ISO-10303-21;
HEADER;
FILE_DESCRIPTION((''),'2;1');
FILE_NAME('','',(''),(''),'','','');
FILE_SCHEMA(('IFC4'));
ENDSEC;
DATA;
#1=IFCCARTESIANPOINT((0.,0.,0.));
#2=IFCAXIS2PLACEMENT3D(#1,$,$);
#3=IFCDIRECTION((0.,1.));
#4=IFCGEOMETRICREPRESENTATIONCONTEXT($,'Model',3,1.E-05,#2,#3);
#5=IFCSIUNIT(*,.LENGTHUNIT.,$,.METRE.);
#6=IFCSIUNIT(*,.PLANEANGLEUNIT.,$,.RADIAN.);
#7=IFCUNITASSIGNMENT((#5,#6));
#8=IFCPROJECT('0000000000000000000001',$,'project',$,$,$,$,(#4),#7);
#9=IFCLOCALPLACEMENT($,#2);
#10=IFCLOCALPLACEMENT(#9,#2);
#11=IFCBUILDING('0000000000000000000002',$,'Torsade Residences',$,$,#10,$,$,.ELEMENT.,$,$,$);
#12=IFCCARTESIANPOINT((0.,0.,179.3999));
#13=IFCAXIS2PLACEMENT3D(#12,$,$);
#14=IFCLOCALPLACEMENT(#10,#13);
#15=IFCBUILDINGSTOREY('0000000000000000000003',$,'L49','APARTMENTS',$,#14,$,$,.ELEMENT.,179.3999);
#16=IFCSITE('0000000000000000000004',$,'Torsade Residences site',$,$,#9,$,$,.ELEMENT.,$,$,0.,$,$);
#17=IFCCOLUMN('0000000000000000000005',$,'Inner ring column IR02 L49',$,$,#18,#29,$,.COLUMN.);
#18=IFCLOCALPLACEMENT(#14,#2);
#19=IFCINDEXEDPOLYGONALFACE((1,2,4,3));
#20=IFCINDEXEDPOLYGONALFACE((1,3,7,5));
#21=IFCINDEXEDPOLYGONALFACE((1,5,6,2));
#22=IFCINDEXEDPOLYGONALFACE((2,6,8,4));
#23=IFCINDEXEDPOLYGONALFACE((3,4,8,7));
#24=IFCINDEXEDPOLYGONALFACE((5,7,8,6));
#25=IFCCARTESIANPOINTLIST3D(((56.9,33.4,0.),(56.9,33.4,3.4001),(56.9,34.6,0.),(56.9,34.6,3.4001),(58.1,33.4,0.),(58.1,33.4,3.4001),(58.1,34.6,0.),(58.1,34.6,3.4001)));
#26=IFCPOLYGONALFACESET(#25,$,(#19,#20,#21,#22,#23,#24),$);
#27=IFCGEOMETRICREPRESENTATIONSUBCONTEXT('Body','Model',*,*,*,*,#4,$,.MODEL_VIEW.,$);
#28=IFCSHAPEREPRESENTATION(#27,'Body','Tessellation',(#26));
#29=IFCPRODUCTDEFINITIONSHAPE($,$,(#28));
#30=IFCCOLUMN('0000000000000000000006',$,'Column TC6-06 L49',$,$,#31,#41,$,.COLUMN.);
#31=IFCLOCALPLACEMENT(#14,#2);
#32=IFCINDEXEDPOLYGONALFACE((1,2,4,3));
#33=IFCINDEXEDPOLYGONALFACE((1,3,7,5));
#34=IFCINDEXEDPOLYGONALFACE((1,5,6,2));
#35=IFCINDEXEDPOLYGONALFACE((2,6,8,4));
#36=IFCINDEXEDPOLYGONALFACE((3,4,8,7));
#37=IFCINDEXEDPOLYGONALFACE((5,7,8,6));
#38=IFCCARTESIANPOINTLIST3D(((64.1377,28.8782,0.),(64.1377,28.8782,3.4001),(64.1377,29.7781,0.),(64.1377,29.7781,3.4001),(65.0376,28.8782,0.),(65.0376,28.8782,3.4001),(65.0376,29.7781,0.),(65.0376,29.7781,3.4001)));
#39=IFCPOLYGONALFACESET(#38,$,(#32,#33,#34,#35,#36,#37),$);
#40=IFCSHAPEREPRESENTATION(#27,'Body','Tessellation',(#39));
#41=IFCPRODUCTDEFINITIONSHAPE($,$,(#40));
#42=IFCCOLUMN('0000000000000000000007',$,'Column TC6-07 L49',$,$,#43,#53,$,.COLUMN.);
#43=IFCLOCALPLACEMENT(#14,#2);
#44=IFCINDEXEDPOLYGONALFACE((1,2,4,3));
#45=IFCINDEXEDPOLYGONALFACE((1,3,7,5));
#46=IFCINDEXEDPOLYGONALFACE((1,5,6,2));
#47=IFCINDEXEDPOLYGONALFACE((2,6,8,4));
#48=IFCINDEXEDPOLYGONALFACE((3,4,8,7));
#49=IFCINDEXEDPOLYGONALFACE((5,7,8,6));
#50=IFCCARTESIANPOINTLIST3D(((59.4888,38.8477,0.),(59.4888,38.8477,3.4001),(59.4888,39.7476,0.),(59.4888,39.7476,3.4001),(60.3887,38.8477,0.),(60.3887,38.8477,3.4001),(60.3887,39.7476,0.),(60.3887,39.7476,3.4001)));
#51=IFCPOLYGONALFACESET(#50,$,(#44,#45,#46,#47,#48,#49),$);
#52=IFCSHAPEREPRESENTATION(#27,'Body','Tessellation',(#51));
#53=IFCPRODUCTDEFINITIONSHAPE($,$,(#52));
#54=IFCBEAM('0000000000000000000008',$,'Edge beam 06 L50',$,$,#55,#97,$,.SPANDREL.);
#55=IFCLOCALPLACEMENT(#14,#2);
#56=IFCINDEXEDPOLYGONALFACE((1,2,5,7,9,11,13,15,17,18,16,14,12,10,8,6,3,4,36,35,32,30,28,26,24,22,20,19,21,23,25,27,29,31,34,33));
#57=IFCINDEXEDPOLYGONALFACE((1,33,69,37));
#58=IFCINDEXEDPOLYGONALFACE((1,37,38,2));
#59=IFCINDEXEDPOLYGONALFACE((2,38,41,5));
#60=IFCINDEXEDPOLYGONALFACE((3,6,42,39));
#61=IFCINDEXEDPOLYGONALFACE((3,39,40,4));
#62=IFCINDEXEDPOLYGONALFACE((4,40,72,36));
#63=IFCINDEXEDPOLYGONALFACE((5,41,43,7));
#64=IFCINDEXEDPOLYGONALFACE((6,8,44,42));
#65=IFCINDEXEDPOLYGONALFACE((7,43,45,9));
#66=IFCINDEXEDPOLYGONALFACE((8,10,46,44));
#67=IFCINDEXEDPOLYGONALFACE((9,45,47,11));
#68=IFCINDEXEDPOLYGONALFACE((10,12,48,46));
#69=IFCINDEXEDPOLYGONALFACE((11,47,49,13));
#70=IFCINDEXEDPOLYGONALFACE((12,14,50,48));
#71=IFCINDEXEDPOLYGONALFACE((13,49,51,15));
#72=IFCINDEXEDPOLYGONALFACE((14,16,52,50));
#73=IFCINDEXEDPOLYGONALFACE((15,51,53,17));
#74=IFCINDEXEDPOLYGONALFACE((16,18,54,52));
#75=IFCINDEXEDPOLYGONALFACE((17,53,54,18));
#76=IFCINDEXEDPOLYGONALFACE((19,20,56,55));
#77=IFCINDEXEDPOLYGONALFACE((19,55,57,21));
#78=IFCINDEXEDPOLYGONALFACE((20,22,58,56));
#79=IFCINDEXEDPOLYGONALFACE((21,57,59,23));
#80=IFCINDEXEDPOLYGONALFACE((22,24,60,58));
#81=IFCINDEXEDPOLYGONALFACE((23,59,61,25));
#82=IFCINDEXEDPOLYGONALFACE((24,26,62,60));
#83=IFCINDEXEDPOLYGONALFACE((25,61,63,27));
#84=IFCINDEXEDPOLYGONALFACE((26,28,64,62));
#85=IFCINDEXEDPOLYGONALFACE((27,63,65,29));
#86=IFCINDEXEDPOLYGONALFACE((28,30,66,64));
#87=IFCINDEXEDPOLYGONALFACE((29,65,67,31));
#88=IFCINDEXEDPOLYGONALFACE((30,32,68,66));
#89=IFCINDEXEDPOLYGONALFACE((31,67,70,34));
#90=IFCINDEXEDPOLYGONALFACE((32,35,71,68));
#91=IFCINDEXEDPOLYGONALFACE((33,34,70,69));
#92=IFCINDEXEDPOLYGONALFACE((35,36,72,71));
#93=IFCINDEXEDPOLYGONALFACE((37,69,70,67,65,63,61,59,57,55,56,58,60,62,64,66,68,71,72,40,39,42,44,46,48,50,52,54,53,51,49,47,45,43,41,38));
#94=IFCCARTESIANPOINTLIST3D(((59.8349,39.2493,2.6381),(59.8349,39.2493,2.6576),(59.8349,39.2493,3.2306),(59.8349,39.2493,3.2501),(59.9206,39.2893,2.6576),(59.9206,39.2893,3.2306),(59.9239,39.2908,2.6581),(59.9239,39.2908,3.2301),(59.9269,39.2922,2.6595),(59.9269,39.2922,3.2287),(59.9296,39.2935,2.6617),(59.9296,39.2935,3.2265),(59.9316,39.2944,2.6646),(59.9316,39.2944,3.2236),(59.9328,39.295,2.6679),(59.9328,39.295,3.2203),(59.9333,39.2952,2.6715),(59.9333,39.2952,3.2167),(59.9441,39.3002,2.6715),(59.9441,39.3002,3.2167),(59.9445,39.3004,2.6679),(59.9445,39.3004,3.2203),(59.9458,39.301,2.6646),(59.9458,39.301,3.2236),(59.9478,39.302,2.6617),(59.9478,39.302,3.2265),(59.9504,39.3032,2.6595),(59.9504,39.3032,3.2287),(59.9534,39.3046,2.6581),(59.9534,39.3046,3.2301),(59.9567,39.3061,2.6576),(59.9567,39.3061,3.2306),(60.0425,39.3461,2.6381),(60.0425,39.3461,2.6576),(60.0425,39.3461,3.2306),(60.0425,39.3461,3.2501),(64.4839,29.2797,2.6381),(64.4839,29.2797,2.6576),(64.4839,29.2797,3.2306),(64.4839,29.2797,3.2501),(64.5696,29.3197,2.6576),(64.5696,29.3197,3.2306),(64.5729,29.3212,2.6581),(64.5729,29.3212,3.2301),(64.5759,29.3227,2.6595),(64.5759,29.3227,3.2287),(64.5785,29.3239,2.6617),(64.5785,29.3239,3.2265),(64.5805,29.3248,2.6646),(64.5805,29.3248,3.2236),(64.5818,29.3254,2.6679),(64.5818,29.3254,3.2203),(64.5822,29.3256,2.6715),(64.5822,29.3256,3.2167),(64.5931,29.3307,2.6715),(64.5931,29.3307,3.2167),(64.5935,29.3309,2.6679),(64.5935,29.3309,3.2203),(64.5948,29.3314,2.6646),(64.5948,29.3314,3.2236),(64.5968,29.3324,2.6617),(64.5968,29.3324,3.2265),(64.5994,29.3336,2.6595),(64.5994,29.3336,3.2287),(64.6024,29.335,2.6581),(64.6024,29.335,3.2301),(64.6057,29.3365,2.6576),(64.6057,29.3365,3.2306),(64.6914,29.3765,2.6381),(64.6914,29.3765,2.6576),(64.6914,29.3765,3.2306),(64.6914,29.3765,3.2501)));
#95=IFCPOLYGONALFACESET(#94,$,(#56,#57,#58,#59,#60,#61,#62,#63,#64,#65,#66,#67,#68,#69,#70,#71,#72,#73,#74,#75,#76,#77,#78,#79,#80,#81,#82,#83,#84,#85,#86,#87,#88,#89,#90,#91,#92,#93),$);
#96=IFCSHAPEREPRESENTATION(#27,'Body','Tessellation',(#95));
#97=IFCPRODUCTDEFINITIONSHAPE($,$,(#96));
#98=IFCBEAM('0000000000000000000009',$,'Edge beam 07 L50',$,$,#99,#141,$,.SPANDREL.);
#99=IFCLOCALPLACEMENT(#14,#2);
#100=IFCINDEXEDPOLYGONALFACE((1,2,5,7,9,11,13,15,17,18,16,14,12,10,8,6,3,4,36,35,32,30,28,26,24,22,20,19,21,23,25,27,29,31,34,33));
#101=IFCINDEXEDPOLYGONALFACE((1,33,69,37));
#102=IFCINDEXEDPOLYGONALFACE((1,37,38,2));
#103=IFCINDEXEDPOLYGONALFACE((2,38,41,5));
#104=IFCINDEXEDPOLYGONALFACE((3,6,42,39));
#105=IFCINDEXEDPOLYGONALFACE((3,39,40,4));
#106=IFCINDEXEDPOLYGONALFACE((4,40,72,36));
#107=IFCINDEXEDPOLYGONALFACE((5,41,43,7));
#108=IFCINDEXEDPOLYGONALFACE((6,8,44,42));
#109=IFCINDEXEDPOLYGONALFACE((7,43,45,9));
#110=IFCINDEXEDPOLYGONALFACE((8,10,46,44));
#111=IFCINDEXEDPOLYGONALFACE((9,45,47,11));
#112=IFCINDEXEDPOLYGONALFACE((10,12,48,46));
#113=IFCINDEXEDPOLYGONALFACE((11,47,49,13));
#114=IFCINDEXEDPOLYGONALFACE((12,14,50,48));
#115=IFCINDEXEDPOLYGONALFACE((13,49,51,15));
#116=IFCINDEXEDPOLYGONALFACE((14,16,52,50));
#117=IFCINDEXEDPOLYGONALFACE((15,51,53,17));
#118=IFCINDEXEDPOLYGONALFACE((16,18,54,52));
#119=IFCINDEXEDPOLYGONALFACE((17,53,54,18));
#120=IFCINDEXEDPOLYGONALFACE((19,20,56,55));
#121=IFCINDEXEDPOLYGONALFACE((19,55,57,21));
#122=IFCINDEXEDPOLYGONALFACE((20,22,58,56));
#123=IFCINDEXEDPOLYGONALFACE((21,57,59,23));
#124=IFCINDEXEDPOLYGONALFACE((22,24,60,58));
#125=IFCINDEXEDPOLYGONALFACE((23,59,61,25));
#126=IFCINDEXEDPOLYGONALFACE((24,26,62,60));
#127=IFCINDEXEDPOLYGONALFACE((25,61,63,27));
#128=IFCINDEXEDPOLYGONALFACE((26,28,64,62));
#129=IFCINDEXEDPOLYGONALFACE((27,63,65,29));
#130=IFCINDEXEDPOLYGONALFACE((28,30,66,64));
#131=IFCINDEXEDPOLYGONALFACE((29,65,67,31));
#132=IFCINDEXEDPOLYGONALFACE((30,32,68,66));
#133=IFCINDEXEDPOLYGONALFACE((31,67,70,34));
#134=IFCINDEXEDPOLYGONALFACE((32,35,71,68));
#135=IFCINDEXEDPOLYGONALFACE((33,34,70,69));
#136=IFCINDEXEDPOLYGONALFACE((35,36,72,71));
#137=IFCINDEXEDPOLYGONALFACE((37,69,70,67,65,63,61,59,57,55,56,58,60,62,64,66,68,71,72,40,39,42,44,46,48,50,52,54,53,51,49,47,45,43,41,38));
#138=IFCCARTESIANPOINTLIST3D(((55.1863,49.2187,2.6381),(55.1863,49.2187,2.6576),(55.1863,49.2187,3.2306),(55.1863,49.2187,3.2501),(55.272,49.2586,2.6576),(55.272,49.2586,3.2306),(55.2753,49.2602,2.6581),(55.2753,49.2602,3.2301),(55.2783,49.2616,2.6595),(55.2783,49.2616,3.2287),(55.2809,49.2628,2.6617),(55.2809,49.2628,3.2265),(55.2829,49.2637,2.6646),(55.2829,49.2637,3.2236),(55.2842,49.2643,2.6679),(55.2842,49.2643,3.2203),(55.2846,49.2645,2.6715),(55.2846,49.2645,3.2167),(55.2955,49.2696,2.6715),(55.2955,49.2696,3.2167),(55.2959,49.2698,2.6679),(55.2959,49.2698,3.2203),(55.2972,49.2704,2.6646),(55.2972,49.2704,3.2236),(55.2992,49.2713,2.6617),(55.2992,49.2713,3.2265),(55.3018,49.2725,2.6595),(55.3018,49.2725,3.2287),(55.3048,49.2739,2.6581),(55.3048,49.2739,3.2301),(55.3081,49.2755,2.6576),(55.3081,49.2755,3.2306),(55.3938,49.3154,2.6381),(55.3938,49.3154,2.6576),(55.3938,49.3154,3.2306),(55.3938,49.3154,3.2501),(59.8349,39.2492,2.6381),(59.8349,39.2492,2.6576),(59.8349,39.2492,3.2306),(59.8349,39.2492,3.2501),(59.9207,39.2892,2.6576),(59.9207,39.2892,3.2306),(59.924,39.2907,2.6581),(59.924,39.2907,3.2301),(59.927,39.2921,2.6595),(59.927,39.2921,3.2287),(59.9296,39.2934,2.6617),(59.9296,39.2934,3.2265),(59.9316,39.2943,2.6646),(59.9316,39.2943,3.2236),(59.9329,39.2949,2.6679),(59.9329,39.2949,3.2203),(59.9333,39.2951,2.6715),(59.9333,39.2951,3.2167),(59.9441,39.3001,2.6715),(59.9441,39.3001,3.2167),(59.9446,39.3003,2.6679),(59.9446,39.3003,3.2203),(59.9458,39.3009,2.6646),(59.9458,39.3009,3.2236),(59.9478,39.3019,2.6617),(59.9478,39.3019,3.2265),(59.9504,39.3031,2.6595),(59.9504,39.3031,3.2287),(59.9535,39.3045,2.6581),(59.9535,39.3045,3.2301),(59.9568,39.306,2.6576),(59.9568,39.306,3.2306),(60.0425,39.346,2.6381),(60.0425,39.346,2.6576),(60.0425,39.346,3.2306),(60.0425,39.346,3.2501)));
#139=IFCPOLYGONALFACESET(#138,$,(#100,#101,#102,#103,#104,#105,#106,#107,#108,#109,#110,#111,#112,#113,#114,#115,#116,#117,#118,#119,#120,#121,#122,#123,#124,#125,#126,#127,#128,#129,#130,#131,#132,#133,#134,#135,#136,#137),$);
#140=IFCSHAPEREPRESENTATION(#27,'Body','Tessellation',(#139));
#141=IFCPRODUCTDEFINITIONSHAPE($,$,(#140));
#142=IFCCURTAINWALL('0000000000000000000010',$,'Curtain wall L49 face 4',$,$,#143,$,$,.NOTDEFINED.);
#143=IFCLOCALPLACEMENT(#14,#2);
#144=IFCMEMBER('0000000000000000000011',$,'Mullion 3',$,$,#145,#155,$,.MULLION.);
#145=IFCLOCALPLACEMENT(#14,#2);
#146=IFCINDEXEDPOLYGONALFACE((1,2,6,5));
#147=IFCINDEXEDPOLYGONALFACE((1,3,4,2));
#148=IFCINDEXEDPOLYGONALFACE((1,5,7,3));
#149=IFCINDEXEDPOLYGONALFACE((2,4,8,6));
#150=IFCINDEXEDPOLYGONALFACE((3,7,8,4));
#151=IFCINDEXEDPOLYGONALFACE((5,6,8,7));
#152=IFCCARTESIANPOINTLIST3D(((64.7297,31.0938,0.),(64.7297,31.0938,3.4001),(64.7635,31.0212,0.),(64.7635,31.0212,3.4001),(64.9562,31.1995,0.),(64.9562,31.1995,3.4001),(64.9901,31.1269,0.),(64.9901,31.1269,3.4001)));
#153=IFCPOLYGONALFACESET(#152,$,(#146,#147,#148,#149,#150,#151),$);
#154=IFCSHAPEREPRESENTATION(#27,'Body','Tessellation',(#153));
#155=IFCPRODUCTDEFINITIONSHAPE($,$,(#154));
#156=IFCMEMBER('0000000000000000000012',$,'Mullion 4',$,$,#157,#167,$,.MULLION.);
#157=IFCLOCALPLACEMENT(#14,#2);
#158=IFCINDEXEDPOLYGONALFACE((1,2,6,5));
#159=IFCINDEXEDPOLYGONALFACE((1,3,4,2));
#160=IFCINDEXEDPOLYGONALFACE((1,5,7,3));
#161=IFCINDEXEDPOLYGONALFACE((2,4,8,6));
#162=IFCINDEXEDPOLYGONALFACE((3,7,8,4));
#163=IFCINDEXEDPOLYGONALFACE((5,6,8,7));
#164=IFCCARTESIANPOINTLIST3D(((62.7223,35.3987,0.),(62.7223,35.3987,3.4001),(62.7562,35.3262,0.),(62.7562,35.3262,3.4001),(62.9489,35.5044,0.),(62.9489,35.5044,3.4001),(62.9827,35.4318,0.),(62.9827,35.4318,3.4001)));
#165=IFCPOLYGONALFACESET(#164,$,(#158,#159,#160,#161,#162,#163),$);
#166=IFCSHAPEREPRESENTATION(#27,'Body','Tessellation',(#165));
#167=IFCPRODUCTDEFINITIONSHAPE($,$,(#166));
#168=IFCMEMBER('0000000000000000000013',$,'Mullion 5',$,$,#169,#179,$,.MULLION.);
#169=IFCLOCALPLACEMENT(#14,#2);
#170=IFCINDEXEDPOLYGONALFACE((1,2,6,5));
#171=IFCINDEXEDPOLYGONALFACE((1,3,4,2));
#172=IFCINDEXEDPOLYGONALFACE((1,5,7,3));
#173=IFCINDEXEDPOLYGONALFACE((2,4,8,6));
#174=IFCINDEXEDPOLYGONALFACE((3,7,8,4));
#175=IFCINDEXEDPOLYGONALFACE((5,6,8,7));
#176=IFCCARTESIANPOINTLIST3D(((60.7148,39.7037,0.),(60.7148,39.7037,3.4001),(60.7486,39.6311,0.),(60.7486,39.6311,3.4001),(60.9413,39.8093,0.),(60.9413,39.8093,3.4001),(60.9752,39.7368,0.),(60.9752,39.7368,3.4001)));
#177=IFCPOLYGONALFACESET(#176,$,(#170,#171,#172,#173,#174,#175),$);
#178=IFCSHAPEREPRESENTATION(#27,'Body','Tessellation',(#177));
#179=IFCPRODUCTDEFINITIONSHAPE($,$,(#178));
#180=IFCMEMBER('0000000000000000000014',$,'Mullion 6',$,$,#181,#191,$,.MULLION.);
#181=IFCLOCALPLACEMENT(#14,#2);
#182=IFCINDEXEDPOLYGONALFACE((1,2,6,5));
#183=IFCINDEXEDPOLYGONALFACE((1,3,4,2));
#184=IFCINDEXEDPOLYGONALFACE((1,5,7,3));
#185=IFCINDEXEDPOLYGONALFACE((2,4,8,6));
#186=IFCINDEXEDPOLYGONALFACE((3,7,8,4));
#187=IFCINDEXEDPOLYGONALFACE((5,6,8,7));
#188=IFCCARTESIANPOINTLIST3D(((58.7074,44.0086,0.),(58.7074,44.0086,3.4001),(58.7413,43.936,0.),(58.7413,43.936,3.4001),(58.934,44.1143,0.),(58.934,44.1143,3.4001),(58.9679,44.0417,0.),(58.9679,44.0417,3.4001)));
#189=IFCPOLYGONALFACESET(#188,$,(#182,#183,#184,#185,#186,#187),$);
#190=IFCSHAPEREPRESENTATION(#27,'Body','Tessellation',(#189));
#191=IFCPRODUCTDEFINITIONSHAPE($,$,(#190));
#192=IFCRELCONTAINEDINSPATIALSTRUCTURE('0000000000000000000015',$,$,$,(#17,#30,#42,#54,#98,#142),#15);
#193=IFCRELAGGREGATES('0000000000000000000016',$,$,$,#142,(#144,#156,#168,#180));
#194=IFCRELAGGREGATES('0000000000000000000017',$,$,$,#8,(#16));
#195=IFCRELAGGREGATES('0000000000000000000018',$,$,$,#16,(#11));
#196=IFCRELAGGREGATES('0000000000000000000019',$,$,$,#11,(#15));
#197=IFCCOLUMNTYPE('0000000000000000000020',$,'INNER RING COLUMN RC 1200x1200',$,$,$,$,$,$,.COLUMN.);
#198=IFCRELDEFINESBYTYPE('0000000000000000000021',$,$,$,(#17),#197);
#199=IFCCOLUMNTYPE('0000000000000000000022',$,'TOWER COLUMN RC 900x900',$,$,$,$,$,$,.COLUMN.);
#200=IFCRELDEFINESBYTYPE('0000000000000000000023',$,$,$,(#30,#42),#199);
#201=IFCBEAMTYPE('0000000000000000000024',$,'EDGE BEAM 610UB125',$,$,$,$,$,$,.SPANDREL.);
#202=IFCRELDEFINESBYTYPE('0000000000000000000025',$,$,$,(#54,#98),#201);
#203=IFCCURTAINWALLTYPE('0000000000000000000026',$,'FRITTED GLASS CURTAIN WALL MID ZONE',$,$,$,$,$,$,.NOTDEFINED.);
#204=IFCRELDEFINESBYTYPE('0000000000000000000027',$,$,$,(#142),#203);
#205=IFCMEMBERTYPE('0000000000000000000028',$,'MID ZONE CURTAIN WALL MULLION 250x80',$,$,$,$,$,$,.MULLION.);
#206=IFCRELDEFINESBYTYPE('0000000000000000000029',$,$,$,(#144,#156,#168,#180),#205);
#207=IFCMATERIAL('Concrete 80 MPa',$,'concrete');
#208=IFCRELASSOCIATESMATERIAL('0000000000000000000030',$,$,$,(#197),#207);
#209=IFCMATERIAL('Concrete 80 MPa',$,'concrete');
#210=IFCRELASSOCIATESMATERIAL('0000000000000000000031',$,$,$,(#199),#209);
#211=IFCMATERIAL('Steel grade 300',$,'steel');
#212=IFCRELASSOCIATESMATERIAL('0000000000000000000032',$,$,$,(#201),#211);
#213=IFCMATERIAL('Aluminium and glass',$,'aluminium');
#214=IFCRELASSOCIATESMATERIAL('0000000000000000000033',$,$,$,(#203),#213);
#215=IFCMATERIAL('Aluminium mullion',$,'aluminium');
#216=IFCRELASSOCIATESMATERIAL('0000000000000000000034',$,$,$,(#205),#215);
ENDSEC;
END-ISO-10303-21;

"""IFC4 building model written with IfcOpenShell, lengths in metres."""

from ifc_helpers import new_model, si_unit, direction, frame, origin, origin_2d, place, context, subcontext, project, spatial, rectangle, i_section, extrude, material, material_profile, profile_set, type_object, element, aggregate, save


model = new_model("IFC4")

# Units and contexts
model_context = context("Model", 3, precision=1e-05, world=origin(), true_north=direction((0.0, 1.0)))
body_context = subcontext(model_context, "Body", "Model", "MODEL_VIEW")
ifc_project = project(units=[si_unit("LENGTHUNIT", "METRE"), si_unit("PLANEANGLEUNIT", "RADIAN")], contexts=[model_context])

# Site, building, storey
site_placement = place(None, origin())
site = spatial("IfcSite", under=ifc_project, at=site_placement, Name="Torsade Residences site", CompositionType="ELEMENT", RefElevation=0.0)
building_placement = place(site_placement, origin())
building = spatial("IfcBuilding", under=site, at=building_placement, Name="Torsade Residences", CompositionType="ELEMENT")
storey_placement = place(building_placement, frame((0.0, 0.0, 179.3999)))
storey = spatial("IfcBuildingStorey", under=building, at=storey_placement, Name="L49", Description="APARTMENTS", CompositionType="ELEMENT", Elevation=179.3999)

# Columns
ifc_material_1 = material(Name="Concrete 80 MPa", Category="concrete")
ifc_material_profile_1 = material_profile(ifc_material_1, rectangle(XDim=1.2, YDim=1.2, at=origin_2d()), Name="RC 1200x1200")
ifc_profile_set_1 = profile_set([ifc_material_profile_1], Name="Concrete 80 MPa")
column_type_1 = type_object("IfcColumnType", Name="INNER RING COLUMN RC 1200x1200", PredefinedType="COLUMN", material=ifc_profile_set_1)
column_placement = place(storey_placement, frame((57.5, 34.0, 0.0), z_axis=(0.0, 0.0, 1.0), x_axis=(1.0, 0.0, 0.0)))
element("IfcColumn", 1, at=column_placement, inside=storey, type_object=column_type_1, Name="Inner ring column IR02 L49", PredefinedType="COLUMN", context=body_context, shape_type="SweptSolid", body=[
    extrude(rectangle(XDim=1.2, YDim=1.2, at=origin_2d()), origin(), (0.0, 0.0, 1.0), 3.4001),
])
ifc_material_2 = material(Name="Concrete 80 MPa", Category="concrete")
ifc_material_profile_2 = material_profile(ifc_material_2, rectangle(XDim=0.8999, YDim=0.8999, at=origin_2d()), Name="RC 900x900")
ifc_profile_set_2 = profile_set([ifc_material_profile_2], Name="Concrete 80 MPa")
column_type_2 = type_object("IfcColumnType", Name="TOWER COLUMN RC 900x900", PredefinedType="COLUMN", material=ifc_profile_set_2)
for number, where, z_axis, x_axis, name in (
    (2, (64.5876, 29.3281, 0.0), (0.0, 0.0, 1.0), (1.0, 0.0, 0.0), "Column TC6-06 L49"),
    (3, (59.9387, 39.2976, 0.0), (0.0, 0.0, 1.0), (1.0, 0.0, 0.0), "Column TC6-07 L49"),
):
    element("IfcColumn", number, at=place(storey_placement, frame(where, z_axis=z_axis, x_axis=x_axis)), inside=storey, type_object=column_type_2, Name=name, PredefinedType="COLUMN", context=body_context, shape_type="SweptSolid", body=[
        extrude(rectangle(XDim=0.8999, YDim=0.8999, at=origin_2d()), origin(), (0.0, 0.0, 1.0), 3.4001),
    ])

# Beams
ifc_material_3 = material(Name="Steel grade 300", Category="steel")
ifc_material_profile_3 = material_profile(ifc_material_3, i_section(OverallWidth=0.229, OverallDepth=0.6121, WebThickness=0.012, FlangeThickness=0.0195, FilletRadius=0.0139, at=origin_2d()), Name="610UB125")
ifc_profile_set_3 = profile_set([ifc_material_profile_3], Name="Steel grade 300")
beam_type_1 = type_object("IfcBeamType", Name="EDGE BEAM 610UB125", PredefinedType="SPANDREL", material=ifc_profile_set_3)
beam_1_placement = place(storey_placement, frame((64.5876, 29.3281, 2.9441), z_axis=(-0.422624, 0.906305, 0.0), x_axis=(-0.906305, -0.422624, 0.0)))
element("IfcBeam", 4, at=beam_1_placement, inside=storey, type_object=beam_type_1, Name="Edge beam 06 L50", PredefinedType="SPANDREL", context=body_context, shape_type="SweptSolid", body=[
    extrude(i_section(OverallWidth=0.229, OverallDepth=0.6121, WebThickness=0.012, FlangeThickness=0.0195, FilletRadius=0.0139, at=origin_2d()), origin(), (0.0, 0.0, 1.0), 11.0002),
])
beam_2_placement = place(storey_placement, frame((59.9387, 39.2976, 2.9441), z_axis=(-0.422606, 0.906314, 0.0), x_axis=(-0.906314, -0.422606, 0.0)))
element("IfcBeam", 5, at=beam_2_placement, inside=storey, type_object=beam_type_1, Name="Edge beam 07 L50", PredefinedType="SPANDREL", context=body_context, shape_type="SweptSolid", body=[
    extrude(i_section(OverallWidth=0.229, OverallDepth=0.6121, WebThickness=0.012, FlangeThickness=0.0195, FilletRadius=0.0139, at=origin_2d()), origin(), (0.0, 0.0, 1.0), 11.0),
])

# Curtain wall, members
ifc_material_4 = material(Name="Aluminium and glass", Category="aluminium")
curtain_wall_type = type_object("IfcCurtainWallType", Name="FRITTED GLASS CURTAIN WALL MID ZONE", PredefinedType="NOTDEFINED", material=ifc_material_4)
curtain_wall_placement = place(storey_placement, origin())
curtain_wall = element("IfcCurtainWall", 6, at=curtain_wall_placement, inside=storey, type_object=curtain_wall_type, Name="Curtain wall L49 face 4", PredefinedType="NOTDEFINED")
ifc_material_5 = material(Name="Aluminium mullion", Category="aluminium")
ifc_material_profile_4 = material_profile(ifc_material_5, rectangle(XDim=0.25, YDim=0.0801, at=origin_2d()), Name="MID ZONE CURTAIN WALL MULLION 250x80")
ifc_profile_set_4 = profile_set([ifc_material_profile_4], Name="Aluminium mullion")
member_type_1 = type_object("IfcMemberType", Name="MID ZONE CURTAIN WALL MULLION 250x80", PredefinedType="MULLION", material=ifc_profile_set_4)
member_1_placement = place(storey_placement, frame((64.8599, 31.1104, 0.0), z_axis=(0.0, 0.0, 1.0), x_axis=(-0.906308, -0.422618, 0.0)))
member_1 = element("IfcMember", 7, at=member_1_placement, type_object=member_type_1, Name="Mullion 3", PredefinedType="MULLION", context=body_context, shape_type="SweptSolid", body=[
    extrude(rectangle(XDim=0.25, YDim=0.0801, at=origin_2d()), origin(), (0.0, 0.0, 1.0), 3.4001),
])
member_2_placement = place(storey_placement, frame((62.8525, 35.4153, 0.0), z_axis=(0.0, 0.0, 1.0), x_axis=(-0.906308, -0.422618, 0.0)))
member_2 = element("IfcMember", 8, at=member_2_placement, type_object=member_type_1, Name="Mullion 4", PredefinedType="MULLION", context=body_context, shape_type="SweptSolid", body=[
    extrude(rectangle(XDim=0.25, YDim=0.0801, at=origin_2d()), origin(), (0.0, 0.0, 1.0), 3.4001),
])
member_3_placement = place(storey_placement, frame((60.845, 39.7202, 0.0), z_axis=(0.0, 0.0, 1.0), x_axis=(-0.906308, -0.422618, 0.0)))
member_3 = element("IfcMember", 9, at=member_3_placement, type_object=member_type_1, Name="Mullion 5", PredefinedType="MULLION", context=body_context, shape_type="SweptSolid", body=[
    extrude(rectangle(XDim=0.25, YDim=0.0801, at=origin_2d()), origin(), (0.0, 0.0, 1.0), 3.4001),
])
member_4_placement = place(storey_placement, frame((58.8376, 44.0251, 0.0), z_axis=(0.0, 0.0, 1.0), x_axis=(-0.906308, -0.422618, 0.0)))
member_4 = element("IfcMember", 10, at=member_4_placement, type_object=member_type_1, Name="Mullion 6", PredefinedType="MULLION", context=body_context, shape_type="SweptSolid", body=[
    extrude(rectangle(XDim=0.25, YDim=0.0801, at=origin_2d()), origin(), (0.0, 0.0, 1.0), 3.4001),
])

aggregate(curtain_wall, [member_1, member_2, member_3, member_4])

save(model, "model.ifc")
